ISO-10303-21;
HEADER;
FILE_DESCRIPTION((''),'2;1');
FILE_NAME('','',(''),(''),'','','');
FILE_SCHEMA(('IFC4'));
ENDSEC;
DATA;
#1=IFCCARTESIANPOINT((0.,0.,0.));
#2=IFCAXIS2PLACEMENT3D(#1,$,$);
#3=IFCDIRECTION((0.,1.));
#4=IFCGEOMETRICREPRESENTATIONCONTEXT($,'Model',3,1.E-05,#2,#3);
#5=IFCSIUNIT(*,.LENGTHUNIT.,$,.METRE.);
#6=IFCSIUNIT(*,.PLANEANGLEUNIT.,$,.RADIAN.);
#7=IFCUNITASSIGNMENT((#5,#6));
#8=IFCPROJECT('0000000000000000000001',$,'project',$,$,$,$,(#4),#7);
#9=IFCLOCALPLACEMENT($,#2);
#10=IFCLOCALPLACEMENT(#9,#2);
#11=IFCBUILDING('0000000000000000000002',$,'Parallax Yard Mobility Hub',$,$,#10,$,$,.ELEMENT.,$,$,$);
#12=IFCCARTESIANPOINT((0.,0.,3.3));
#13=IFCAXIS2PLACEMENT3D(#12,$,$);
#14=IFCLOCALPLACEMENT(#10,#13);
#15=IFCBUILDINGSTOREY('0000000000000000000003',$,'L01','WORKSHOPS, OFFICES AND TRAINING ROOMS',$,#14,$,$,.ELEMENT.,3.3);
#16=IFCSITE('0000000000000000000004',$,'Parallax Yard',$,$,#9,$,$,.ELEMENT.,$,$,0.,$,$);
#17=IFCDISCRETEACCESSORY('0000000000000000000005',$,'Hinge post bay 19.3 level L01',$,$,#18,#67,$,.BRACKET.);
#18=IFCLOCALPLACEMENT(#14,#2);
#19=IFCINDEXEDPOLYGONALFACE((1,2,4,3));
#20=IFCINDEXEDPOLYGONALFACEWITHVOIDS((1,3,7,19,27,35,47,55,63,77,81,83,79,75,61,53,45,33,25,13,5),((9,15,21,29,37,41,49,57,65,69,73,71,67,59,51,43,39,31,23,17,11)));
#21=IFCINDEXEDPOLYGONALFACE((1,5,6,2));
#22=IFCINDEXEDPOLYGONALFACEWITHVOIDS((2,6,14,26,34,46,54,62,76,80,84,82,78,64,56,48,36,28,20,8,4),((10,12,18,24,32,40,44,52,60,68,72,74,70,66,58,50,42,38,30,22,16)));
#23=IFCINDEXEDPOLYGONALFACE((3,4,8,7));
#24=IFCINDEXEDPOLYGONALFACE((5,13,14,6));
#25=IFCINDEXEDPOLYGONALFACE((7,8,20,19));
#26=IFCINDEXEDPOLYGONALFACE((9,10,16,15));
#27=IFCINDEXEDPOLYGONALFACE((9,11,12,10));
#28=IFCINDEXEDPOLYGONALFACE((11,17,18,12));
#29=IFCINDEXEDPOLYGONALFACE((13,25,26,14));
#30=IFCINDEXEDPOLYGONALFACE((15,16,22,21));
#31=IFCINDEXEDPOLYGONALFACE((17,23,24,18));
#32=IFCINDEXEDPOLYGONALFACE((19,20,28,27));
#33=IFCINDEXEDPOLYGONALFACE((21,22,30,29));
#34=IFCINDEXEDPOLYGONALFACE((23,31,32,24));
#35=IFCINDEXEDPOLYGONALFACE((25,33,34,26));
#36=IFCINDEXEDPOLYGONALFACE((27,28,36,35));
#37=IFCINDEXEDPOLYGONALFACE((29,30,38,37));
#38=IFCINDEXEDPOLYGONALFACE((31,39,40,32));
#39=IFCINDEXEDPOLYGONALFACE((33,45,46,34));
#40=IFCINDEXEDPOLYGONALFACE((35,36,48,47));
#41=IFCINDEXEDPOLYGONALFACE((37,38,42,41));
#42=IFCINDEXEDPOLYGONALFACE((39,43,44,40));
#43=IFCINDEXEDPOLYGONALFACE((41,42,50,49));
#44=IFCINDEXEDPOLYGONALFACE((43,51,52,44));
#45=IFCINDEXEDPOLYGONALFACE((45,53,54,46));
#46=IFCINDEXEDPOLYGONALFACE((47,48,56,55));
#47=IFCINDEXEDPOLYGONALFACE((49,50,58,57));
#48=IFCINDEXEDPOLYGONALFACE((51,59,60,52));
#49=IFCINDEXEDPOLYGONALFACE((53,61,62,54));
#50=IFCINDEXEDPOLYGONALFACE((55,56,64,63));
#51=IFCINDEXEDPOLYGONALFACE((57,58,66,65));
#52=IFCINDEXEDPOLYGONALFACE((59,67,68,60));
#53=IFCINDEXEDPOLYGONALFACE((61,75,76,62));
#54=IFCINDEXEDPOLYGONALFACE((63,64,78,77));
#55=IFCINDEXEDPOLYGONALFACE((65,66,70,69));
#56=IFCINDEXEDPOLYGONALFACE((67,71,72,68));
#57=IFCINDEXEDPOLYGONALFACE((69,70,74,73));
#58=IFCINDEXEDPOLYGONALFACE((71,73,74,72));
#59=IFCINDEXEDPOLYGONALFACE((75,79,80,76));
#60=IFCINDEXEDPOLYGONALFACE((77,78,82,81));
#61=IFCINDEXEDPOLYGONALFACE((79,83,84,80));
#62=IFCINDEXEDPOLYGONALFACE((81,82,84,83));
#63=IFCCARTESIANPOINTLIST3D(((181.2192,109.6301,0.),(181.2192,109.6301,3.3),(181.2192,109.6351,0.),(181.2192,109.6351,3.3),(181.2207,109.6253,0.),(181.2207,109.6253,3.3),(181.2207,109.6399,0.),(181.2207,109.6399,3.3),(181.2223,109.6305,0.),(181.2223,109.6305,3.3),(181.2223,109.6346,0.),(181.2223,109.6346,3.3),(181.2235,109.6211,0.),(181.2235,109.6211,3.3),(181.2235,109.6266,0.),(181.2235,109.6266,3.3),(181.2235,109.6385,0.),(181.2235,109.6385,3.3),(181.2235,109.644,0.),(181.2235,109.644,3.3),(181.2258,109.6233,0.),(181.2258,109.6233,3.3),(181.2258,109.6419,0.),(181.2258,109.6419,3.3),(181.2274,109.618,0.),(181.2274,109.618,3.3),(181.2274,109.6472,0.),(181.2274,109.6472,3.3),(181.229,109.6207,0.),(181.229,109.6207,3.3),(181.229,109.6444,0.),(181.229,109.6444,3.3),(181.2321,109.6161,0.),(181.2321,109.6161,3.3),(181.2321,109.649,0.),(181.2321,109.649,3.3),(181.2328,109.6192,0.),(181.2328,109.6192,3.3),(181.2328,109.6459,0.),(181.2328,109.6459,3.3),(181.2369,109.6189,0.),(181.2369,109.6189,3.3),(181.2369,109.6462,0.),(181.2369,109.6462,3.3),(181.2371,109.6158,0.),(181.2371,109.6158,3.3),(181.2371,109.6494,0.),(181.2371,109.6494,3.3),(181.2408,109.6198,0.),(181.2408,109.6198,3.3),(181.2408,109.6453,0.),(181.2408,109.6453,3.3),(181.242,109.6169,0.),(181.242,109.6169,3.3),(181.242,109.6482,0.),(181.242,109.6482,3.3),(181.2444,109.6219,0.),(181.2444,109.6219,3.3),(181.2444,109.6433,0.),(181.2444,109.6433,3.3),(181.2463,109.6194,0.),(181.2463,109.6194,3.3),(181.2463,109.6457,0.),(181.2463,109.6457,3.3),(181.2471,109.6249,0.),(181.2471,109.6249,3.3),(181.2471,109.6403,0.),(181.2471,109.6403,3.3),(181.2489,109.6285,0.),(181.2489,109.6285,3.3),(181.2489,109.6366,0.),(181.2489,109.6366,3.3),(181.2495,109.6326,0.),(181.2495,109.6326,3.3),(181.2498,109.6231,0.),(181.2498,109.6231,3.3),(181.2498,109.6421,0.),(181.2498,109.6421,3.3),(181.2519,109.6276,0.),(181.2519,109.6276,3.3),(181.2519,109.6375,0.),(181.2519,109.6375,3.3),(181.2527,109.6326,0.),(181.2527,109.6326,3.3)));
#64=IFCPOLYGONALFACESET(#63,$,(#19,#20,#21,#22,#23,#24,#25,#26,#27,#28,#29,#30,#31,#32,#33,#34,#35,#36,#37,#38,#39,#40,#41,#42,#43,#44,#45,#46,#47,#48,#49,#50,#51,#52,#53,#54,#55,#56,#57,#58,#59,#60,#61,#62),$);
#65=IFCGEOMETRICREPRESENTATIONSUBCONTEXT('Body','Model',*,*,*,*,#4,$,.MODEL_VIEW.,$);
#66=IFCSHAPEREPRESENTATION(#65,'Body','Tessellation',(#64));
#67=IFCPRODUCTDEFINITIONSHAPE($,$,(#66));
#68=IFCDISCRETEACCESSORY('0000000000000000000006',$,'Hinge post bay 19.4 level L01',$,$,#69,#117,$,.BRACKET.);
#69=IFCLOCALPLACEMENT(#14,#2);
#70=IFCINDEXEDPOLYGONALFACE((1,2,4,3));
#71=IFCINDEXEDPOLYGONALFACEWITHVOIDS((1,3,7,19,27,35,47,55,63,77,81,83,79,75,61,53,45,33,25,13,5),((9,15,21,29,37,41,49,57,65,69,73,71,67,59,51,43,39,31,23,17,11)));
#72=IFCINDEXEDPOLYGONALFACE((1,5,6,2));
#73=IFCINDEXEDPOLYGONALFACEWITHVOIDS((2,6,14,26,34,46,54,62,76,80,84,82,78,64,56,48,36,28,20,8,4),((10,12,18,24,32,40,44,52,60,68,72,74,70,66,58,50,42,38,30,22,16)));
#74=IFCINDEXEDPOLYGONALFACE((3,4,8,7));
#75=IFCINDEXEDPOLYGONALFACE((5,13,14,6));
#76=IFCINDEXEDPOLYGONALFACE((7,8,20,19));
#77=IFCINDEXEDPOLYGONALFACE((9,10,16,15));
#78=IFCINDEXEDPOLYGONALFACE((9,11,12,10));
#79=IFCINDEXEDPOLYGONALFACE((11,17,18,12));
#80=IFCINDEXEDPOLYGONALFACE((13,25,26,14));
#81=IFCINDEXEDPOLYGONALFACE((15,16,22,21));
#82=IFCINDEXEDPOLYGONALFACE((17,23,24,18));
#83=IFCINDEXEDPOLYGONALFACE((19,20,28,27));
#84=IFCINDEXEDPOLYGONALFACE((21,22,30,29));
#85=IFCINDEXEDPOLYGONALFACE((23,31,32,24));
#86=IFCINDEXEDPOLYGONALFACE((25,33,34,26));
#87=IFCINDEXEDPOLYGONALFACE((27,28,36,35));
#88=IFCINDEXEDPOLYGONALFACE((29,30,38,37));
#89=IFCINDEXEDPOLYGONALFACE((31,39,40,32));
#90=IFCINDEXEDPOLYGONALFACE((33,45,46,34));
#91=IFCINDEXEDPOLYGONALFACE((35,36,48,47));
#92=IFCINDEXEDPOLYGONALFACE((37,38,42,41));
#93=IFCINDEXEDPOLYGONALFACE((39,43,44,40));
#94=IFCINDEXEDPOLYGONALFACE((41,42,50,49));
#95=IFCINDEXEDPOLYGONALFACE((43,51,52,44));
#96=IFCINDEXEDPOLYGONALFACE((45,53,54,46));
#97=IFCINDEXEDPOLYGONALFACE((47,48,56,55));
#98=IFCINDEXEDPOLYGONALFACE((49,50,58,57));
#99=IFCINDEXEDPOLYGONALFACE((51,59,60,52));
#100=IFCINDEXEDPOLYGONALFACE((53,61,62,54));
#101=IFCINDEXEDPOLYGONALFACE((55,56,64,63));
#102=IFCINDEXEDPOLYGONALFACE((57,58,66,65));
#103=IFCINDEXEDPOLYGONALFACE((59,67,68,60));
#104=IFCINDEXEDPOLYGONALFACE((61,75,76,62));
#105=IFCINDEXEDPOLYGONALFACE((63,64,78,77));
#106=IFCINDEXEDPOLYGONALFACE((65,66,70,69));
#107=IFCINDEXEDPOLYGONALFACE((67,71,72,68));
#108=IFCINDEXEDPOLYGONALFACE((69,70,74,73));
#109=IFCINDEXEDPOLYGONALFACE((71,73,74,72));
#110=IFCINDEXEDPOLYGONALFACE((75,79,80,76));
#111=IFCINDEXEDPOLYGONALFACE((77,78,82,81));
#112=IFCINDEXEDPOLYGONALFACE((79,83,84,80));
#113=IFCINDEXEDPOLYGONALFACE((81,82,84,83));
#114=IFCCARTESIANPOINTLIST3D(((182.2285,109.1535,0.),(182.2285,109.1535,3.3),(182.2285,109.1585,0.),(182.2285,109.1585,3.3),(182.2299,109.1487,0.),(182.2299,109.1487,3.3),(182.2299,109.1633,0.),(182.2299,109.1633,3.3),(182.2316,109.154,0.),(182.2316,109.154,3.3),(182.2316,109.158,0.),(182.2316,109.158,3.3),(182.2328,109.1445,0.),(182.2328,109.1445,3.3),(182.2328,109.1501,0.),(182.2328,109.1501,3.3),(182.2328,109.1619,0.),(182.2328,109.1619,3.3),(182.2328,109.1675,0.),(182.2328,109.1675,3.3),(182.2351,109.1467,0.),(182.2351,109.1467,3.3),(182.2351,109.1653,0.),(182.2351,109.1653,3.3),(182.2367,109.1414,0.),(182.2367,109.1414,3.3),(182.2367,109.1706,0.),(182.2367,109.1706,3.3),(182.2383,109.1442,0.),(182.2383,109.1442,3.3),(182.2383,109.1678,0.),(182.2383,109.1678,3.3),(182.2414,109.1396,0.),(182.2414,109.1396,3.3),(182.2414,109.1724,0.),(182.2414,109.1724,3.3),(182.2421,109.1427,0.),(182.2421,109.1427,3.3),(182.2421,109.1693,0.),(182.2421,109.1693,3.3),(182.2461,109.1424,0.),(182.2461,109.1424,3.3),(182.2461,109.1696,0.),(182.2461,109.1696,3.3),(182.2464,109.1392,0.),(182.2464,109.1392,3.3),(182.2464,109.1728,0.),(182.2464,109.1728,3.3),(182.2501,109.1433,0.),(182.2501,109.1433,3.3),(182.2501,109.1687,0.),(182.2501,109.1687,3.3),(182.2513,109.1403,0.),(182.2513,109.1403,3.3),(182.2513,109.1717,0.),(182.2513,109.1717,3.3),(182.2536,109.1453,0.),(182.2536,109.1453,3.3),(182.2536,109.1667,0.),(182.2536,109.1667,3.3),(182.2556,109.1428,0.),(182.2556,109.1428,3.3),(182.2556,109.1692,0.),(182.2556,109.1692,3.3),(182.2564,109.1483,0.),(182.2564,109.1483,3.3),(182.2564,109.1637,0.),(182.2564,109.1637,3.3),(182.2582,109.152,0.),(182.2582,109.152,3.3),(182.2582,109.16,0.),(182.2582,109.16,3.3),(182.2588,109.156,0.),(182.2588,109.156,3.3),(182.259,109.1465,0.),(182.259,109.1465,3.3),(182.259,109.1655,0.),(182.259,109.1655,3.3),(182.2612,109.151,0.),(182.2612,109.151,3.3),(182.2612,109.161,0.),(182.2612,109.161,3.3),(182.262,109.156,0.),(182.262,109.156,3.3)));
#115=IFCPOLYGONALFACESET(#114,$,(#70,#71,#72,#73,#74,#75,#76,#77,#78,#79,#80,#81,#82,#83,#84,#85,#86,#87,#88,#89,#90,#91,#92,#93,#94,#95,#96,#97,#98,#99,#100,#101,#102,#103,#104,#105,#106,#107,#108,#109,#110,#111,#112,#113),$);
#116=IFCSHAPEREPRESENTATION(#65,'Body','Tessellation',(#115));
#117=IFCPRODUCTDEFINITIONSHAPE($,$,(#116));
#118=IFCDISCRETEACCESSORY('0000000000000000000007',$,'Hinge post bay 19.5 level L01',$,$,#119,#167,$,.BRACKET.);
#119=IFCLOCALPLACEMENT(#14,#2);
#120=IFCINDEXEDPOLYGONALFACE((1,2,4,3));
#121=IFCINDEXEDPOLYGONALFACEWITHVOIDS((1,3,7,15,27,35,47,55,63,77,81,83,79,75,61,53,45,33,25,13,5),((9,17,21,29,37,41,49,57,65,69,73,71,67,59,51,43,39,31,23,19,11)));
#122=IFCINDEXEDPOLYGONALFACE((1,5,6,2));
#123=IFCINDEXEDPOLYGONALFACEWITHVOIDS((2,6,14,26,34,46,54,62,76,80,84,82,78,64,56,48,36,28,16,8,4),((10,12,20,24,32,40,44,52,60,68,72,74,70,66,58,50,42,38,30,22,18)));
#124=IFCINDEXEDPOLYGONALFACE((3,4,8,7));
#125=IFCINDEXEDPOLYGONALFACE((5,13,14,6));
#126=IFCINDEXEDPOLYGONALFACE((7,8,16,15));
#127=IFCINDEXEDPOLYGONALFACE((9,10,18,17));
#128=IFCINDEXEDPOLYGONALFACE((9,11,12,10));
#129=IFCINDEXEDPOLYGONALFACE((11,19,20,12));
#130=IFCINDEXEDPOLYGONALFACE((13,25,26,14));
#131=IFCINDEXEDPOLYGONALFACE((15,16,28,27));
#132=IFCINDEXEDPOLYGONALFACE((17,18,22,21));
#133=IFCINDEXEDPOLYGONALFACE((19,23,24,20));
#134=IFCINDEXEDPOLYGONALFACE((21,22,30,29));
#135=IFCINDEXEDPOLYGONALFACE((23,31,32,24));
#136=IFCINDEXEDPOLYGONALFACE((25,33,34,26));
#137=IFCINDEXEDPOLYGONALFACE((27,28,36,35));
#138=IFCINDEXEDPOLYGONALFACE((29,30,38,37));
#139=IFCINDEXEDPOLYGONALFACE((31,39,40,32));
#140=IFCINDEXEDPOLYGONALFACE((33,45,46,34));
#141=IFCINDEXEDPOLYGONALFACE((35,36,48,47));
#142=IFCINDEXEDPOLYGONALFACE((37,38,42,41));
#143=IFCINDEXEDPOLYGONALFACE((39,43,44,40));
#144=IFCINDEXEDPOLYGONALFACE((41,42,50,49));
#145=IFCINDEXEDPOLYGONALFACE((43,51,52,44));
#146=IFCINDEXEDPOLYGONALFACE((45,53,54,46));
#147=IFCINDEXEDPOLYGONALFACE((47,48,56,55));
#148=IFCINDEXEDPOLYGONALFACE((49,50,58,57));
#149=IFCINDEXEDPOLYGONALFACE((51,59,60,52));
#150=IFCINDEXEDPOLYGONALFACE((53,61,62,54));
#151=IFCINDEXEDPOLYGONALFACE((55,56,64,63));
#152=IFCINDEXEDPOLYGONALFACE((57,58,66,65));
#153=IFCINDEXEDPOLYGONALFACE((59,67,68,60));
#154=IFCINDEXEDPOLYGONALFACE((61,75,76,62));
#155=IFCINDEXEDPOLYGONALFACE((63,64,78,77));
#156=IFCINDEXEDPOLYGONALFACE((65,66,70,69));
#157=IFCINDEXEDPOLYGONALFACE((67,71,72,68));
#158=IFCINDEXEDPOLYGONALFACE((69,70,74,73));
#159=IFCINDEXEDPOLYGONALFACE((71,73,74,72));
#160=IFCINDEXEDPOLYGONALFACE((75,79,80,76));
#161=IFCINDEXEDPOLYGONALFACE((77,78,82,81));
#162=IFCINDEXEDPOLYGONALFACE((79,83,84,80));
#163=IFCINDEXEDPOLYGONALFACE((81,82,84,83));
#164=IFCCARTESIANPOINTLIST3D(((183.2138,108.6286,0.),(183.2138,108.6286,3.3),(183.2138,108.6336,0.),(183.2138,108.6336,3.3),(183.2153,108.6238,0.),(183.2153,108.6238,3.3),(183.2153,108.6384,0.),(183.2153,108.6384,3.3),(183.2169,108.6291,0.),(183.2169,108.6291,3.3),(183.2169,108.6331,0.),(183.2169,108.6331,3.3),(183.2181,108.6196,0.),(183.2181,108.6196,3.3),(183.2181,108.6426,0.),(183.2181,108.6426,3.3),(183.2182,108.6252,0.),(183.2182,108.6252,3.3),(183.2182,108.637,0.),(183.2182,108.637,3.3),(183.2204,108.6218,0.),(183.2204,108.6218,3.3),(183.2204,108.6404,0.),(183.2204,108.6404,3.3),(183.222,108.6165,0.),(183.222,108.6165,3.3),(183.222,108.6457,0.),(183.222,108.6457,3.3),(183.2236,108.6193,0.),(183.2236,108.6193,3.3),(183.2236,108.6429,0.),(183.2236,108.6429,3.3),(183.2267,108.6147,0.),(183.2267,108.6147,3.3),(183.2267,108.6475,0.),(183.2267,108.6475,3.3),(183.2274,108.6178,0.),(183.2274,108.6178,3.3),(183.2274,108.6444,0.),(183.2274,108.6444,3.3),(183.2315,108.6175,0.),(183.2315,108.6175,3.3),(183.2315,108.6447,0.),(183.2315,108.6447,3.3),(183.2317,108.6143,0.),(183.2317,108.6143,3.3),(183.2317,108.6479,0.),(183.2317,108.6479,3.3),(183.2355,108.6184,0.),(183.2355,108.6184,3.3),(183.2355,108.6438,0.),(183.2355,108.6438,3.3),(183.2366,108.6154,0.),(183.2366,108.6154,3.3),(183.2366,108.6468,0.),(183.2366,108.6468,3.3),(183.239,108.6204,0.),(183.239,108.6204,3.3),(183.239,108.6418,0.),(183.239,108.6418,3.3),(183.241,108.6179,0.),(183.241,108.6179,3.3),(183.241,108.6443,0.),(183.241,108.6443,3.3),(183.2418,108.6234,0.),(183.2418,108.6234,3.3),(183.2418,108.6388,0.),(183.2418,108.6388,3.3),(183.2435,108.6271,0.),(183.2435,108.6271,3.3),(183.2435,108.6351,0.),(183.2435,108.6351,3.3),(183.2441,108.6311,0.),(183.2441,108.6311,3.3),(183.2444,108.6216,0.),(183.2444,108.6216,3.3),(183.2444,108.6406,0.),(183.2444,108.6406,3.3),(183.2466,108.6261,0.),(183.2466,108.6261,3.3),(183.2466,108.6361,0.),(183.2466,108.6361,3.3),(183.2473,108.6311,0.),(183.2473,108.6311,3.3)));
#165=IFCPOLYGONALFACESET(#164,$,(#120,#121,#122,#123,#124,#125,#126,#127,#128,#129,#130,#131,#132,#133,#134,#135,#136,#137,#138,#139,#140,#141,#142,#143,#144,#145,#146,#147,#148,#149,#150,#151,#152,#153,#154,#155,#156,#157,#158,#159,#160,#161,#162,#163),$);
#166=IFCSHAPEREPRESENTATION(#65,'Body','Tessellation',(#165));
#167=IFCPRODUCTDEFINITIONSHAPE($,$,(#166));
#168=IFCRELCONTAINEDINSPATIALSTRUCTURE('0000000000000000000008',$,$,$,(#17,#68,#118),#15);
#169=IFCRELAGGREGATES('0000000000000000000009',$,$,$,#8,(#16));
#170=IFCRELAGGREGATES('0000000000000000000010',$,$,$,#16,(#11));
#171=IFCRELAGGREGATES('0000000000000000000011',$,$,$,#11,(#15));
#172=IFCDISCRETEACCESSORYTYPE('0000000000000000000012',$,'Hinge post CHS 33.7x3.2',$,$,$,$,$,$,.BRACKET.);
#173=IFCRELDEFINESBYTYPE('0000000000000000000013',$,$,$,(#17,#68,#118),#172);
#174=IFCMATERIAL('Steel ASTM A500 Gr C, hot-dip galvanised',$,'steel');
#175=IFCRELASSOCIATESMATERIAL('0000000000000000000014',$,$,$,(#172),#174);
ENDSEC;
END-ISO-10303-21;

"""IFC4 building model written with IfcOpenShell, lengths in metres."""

from ifc_helpers import new_model, si_unit, direction, frame, origin, origin_2d, place, context, subcontext, project, spatial, hollow_circle, extrude, material, material_profile, profile_set, type_object, element, save


model = new_model("IFC4")

# Units and contexts
model_context = context("Model", 3, precision=1e-05, world=origin(), true_north=direction((0.0, 1.0)))
body_context = subcontext(model_context, "Body", "Model", "MODEL_VIEW")
ifc_project = project(units=[si_unit("LENGTHUNIT", "METRE"), si_unit("PLANEANGLEUNIT", "RADIAN")], contexts=[model_context])

# Site, building, storey
site_placement = place(None, origin())
site = spatial("IfcSite", under=ifc_project, at=site_placement, Name="Parallax Yard", CompositionType="ELEMENT", RefElevation=0.0)
building_placement = place(site_placement, origin())
building = spatial("IfcBuilding", under=site, at=building_placement, Name="Parallax Yard Mobility Hub", CompositionType="ELEMENT")
storey_placement = place(building_placement, frame((0.0, 0.0, 3.3)))
storey = spatial("IfcBuildingStorey", under=building, at=storey_placement, Name="L01", Description="WORKSHOPS, OFFICES AND TRAINING ROOMS", CompositionType="ELEMENT", Elevation=3.3)

# Discrete accessories
ifc_material_1 = material(Name="Steel ASTM A500 Gr C, hot-dip galvanised", Category="steel")
ifc_material_profile_1 = material_profile(ifc_material_1, hollow_circle(Radius=0.0168, WallThickness=0.0032, at=origin_2d()), Name="CHS 33.7x3.2")
ifc_profile_set_1 = profile_set([ifc_material_profile_1], Name="Steel ASTM A500 Gr C, hot-dip galvanised")
discrete_accessory_type_1 = type_object("IfcDiscreteAccessoryType", Name="Hinge post CHS 33.7x3.2", PredefinedType="BRACKET", material=ifc_profile_set_1)
for number, where, z_axis, x_axis, name in (
    (1, (181.2358, 109.6326, 0.0), (0.0, 0.0, 1.0), (1.0, 0.0, 0.0), "Hinge post bay 19.3 level L01"),
    (2, (182.2451, 109.156, 0.0), (0.0, 0.0, 1.0), (1.0, 0.0, 0.0), "Hinge post bay 19.4 level L01"),
    (3, (183.2305, 108.6311, 0.0), (0.0, 0.0, 1.0), (1.0, 0.0, 0.0), "Hinge post bay 19.5 level L01"),
):
    element("IfcDiscreteAccessory", number, at=place(storey_placement, frame(where, z_axis=z_axis, x_axis=x_axis)), inside=storey, type_object=discrete_accessory_type_1, Name=name, PredefinedType="BRACKET", context=body_context, shape_type="SweptSolid", body=[
        extrude(hollow_circle(Radius=0.0168, WallThickness=0.0032, at=origin_2d()), origin(), (0.0, 0.0, 1.0), 3.3),
    ])

save(model, "model.ifc")
